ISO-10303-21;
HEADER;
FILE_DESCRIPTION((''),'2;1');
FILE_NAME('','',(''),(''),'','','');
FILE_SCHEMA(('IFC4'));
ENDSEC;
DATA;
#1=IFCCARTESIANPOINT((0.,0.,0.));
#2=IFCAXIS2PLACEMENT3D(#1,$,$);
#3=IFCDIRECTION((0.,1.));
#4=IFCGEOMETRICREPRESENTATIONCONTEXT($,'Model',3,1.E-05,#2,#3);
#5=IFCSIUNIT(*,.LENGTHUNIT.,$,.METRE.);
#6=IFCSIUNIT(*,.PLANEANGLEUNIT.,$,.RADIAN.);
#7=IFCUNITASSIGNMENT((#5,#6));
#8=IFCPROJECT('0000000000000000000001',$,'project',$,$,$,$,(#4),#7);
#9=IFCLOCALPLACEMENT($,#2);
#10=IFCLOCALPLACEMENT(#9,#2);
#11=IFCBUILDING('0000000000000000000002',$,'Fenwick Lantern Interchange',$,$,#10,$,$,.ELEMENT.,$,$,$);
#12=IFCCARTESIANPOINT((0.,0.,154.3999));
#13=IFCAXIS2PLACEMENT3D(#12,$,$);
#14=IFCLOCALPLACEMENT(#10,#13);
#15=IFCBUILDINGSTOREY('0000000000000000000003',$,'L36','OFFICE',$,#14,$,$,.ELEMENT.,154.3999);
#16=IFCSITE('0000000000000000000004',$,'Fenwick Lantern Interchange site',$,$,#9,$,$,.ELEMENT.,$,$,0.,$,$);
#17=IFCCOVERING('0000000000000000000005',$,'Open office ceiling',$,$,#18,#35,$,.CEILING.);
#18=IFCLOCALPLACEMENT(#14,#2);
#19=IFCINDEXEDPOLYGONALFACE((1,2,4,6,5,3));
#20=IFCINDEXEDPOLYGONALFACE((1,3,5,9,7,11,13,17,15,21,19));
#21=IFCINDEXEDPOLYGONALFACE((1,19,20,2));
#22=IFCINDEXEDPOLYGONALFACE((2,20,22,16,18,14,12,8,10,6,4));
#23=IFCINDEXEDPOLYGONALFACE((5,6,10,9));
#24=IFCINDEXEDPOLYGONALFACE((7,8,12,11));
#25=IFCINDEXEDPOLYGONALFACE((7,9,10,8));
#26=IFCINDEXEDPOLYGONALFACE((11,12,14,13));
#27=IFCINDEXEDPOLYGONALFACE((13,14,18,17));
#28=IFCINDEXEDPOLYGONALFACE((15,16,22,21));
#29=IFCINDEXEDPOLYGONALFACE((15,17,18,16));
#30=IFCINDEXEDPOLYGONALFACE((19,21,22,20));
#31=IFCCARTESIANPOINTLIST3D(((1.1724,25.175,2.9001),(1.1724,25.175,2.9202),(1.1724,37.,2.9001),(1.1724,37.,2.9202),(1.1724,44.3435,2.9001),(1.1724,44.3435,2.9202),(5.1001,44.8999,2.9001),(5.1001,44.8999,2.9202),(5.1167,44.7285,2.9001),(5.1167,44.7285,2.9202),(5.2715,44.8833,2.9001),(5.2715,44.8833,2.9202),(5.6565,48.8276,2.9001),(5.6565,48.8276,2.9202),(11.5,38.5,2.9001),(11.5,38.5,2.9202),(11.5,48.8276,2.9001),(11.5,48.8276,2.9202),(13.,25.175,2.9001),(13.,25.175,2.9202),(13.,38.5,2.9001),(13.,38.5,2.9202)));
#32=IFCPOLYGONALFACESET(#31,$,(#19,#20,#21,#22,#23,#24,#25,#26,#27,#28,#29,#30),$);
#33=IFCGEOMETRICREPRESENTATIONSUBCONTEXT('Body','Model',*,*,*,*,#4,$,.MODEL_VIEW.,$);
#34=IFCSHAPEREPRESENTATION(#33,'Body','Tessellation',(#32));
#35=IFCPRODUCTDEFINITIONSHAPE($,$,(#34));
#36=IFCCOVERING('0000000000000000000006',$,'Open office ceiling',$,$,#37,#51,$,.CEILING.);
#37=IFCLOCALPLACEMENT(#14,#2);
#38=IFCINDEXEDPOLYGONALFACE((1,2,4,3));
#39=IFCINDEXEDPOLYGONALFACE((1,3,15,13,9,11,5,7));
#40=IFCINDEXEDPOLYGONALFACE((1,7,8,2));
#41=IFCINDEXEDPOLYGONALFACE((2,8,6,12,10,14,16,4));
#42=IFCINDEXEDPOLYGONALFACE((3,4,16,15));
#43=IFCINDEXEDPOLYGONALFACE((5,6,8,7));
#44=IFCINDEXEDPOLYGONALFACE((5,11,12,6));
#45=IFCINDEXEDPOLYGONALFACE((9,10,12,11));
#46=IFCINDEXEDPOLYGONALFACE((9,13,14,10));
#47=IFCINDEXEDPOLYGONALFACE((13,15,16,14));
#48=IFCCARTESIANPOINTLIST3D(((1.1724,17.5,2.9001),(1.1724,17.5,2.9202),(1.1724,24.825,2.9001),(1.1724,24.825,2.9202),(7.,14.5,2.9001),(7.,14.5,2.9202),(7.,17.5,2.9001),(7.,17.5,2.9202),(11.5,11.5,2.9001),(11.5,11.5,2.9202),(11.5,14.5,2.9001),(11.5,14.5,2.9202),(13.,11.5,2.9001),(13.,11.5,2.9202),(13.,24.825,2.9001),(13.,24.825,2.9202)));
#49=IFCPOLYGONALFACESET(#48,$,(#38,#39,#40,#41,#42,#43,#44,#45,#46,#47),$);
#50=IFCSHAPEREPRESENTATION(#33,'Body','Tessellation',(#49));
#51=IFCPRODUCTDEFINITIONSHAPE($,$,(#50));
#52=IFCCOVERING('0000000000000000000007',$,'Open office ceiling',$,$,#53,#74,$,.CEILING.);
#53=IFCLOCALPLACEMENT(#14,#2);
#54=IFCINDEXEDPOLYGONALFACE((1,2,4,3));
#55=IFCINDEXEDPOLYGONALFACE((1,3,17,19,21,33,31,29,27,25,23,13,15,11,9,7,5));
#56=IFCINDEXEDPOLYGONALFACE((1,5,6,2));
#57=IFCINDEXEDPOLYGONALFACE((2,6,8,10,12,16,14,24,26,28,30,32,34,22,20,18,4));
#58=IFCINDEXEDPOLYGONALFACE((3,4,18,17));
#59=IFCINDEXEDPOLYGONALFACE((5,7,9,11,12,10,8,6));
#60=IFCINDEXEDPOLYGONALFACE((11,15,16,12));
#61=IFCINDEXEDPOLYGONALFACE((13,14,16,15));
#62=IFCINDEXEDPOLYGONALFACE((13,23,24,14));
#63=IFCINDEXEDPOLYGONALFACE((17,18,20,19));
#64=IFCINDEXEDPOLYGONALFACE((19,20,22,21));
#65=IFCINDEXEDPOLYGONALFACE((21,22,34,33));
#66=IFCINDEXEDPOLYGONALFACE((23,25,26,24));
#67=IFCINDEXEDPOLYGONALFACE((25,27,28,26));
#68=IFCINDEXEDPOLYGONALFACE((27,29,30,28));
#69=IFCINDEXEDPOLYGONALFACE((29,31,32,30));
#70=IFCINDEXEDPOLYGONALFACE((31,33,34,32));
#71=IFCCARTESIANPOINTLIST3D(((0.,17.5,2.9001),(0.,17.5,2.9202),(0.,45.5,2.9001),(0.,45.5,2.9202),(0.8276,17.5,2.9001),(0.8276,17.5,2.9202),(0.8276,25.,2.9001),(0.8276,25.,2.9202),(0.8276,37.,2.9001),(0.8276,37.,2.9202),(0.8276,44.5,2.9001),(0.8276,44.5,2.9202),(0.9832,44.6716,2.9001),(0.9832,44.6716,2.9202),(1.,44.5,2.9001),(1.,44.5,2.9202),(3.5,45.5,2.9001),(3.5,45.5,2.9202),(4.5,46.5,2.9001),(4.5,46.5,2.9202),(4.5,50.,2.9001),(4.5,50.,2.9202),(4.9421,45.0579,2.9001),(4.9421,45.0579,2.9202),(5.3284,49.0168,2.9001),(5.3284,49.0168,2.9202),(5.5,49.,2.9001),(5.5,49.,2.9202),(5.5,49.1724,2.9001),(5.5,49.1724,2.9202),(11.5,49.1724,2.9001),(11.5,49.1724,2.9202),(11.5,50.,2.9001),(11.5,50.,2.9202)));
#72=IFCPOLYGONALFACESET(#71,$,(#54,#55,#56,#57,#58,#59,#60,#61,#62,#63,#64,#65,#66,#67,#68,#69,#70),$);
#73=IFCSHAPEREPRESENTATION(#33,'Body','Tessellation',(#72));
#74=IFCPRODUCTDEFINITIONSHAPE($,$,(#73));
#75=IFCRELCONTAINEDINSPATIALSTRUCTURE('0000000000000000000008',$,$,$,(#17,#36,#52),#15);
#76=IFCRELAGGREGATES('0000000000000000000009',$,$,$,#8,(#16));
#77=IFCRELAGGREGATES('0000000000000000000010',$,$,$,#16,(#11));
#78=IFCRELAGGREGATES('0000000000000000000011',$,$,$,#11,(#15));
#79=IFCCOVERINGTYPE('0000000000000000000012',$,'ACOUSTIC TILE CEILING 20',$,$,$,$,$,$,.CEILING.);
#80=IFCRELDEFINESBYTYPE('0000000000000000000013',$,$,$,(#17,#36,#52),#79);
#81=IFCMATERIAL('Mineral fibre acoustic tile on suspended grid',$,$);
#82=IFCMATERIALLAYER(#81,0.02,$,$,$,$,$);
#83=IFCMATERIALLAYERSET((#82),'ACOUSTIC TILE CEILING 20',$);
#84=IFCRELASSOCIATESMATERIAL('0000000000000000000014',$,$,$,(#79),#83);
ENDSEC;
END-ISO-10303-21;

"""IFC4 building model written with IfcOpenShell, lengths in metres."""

from ifc_helpers import new_model, si_unit, direction, frame, origin, place, context, subcontext, project, spatial, polyline, outline, extrude, material, layer, layer_set, type_object, element, save


model = new_model("IFC4")

# Units and contexts
model_context = context("Model", 3, precision=1e-05, world=origin(), true_north=direction((0.0, 1.0)))
body_context = subcontext(model_context, "Body", "Model", "MODEL_VIEW")
ifc_project = project(units=[si_unit("LENGTHUNIT", "METRE"), si_unit("PLANEANGLEUNIT", "RADIAN")], contexts=[model_context])

# Site, building, storey
site_placement = place(None, origin())
site = spatial("IfcSite", under=ifc_project, at=site_placement, Name="Fenwick Lantern Interchange site", CompositionType="ELEMENT", RefElevation=0.0)
building_placement = place(site_placement, origin())
building = spatial("IfcBuilding", under=site, at=building_placement, Name="Fenwick Lantern Interchange", CompositionType="ELEMENT")
storey_placement = place(building_placement, frame((0.0, 0.0, 154.3999)))
storey = spatial("IfcBuildingStorey", under=building, at=storey_placement, Name="L36", Description="OFFICE", CompositionType="ELEMENT", Elevation=154.3999)

# Coverings
ifc_material = material(Name="Mineral fibre acoustic tile on suspended grid")
ifc_layer = layer(ifc_material, 0.02)
ifc_layer_set = layer_set([ifc_layer], Name="ACOUSTIC TILE CEILING 20")
covering_type = type_object("IfcCoveringType", Name="ACOUSTIC TILE CEILING 20", PredefinedType="CEILING", material=ifc_layer_set)
covering_1_placement = place(storey_placement, frame((0.0, 0.0, 2.9001)))
element("IfcCovering", 1, at=covering_1_placement, inside=storey, type_object=covering_type, Name="Open office ceiling", PredefinedType="CEILING", context=body_context, shape_type="SweptSolid", body=[
    extrude(outline(polyline([(11.5, 38.5), (11.5, 48.8276), (5.6565, 48.8276), (5.2715, 44.8833), (5.1001, 44.8999), (5.1167, 44.7285), (1.1724, 44.3435), (1.1724, 37.0), (1.1724, 25.175), (13.0, 25.175), (13.0, 38.5), (11.5, 38.5)])), origin(), (0.0, 0.0, 1.0), 0.02),
])
covering_2_placement = place(storey_placement, frame((0.0, 0.0, 2.9001)))
element("IfcCovering", 2, at=covering_2_placement, inside=storey, type_object=covering_type, Name="Open office ceiling", PredefinedType="CEILING", context=body_context, shape_type="SweptSolid", body=[
    extrude(outline(polyline([(13.0, 11.5), (13.0, 24.825), (1.1724, 24.825), (1.1724, 17.5), (7.0, 17.5), (7.0, 14.5), (11.5, 14.5), (11.5, 11.5), (13.0, 11.5)])), origin(), (0.0, 0.0, 1.0), 0.02),
])
covering_3_placement = place(storey_placement, frame((0.0, 0.0, 2.9001)))
element("IfcCovering", 3, at=covering_3_placement, inside=storey, type_object=covering_type, Name="Open office ceiling", PredefinedType="CEILING", context=body_context, shape_type="SweptSolid", body=[
    extrude(outline(polyline([(3.5, 45.5), (0.0, 45.5), (0.0, 17.5), (0.8276, 17.5), (0.8276, 25.0), (0.8276, 37.0), (0.8276, 44.5), (1.0, 44.5), (0.9832, 44.6716), (4.9421, 45.0579), (5.3284, 49.0168), (5.5, 49.0), (5.5, 49.1724), (11.5, 49.1724), (11.5, 50.0), (4.5, 50.0), (4.5, 46.5), (3.5, 45.5)])), origin(), (0.0, 0.0, 1.0), 0.02),
])

save(model, "model.ifc")
